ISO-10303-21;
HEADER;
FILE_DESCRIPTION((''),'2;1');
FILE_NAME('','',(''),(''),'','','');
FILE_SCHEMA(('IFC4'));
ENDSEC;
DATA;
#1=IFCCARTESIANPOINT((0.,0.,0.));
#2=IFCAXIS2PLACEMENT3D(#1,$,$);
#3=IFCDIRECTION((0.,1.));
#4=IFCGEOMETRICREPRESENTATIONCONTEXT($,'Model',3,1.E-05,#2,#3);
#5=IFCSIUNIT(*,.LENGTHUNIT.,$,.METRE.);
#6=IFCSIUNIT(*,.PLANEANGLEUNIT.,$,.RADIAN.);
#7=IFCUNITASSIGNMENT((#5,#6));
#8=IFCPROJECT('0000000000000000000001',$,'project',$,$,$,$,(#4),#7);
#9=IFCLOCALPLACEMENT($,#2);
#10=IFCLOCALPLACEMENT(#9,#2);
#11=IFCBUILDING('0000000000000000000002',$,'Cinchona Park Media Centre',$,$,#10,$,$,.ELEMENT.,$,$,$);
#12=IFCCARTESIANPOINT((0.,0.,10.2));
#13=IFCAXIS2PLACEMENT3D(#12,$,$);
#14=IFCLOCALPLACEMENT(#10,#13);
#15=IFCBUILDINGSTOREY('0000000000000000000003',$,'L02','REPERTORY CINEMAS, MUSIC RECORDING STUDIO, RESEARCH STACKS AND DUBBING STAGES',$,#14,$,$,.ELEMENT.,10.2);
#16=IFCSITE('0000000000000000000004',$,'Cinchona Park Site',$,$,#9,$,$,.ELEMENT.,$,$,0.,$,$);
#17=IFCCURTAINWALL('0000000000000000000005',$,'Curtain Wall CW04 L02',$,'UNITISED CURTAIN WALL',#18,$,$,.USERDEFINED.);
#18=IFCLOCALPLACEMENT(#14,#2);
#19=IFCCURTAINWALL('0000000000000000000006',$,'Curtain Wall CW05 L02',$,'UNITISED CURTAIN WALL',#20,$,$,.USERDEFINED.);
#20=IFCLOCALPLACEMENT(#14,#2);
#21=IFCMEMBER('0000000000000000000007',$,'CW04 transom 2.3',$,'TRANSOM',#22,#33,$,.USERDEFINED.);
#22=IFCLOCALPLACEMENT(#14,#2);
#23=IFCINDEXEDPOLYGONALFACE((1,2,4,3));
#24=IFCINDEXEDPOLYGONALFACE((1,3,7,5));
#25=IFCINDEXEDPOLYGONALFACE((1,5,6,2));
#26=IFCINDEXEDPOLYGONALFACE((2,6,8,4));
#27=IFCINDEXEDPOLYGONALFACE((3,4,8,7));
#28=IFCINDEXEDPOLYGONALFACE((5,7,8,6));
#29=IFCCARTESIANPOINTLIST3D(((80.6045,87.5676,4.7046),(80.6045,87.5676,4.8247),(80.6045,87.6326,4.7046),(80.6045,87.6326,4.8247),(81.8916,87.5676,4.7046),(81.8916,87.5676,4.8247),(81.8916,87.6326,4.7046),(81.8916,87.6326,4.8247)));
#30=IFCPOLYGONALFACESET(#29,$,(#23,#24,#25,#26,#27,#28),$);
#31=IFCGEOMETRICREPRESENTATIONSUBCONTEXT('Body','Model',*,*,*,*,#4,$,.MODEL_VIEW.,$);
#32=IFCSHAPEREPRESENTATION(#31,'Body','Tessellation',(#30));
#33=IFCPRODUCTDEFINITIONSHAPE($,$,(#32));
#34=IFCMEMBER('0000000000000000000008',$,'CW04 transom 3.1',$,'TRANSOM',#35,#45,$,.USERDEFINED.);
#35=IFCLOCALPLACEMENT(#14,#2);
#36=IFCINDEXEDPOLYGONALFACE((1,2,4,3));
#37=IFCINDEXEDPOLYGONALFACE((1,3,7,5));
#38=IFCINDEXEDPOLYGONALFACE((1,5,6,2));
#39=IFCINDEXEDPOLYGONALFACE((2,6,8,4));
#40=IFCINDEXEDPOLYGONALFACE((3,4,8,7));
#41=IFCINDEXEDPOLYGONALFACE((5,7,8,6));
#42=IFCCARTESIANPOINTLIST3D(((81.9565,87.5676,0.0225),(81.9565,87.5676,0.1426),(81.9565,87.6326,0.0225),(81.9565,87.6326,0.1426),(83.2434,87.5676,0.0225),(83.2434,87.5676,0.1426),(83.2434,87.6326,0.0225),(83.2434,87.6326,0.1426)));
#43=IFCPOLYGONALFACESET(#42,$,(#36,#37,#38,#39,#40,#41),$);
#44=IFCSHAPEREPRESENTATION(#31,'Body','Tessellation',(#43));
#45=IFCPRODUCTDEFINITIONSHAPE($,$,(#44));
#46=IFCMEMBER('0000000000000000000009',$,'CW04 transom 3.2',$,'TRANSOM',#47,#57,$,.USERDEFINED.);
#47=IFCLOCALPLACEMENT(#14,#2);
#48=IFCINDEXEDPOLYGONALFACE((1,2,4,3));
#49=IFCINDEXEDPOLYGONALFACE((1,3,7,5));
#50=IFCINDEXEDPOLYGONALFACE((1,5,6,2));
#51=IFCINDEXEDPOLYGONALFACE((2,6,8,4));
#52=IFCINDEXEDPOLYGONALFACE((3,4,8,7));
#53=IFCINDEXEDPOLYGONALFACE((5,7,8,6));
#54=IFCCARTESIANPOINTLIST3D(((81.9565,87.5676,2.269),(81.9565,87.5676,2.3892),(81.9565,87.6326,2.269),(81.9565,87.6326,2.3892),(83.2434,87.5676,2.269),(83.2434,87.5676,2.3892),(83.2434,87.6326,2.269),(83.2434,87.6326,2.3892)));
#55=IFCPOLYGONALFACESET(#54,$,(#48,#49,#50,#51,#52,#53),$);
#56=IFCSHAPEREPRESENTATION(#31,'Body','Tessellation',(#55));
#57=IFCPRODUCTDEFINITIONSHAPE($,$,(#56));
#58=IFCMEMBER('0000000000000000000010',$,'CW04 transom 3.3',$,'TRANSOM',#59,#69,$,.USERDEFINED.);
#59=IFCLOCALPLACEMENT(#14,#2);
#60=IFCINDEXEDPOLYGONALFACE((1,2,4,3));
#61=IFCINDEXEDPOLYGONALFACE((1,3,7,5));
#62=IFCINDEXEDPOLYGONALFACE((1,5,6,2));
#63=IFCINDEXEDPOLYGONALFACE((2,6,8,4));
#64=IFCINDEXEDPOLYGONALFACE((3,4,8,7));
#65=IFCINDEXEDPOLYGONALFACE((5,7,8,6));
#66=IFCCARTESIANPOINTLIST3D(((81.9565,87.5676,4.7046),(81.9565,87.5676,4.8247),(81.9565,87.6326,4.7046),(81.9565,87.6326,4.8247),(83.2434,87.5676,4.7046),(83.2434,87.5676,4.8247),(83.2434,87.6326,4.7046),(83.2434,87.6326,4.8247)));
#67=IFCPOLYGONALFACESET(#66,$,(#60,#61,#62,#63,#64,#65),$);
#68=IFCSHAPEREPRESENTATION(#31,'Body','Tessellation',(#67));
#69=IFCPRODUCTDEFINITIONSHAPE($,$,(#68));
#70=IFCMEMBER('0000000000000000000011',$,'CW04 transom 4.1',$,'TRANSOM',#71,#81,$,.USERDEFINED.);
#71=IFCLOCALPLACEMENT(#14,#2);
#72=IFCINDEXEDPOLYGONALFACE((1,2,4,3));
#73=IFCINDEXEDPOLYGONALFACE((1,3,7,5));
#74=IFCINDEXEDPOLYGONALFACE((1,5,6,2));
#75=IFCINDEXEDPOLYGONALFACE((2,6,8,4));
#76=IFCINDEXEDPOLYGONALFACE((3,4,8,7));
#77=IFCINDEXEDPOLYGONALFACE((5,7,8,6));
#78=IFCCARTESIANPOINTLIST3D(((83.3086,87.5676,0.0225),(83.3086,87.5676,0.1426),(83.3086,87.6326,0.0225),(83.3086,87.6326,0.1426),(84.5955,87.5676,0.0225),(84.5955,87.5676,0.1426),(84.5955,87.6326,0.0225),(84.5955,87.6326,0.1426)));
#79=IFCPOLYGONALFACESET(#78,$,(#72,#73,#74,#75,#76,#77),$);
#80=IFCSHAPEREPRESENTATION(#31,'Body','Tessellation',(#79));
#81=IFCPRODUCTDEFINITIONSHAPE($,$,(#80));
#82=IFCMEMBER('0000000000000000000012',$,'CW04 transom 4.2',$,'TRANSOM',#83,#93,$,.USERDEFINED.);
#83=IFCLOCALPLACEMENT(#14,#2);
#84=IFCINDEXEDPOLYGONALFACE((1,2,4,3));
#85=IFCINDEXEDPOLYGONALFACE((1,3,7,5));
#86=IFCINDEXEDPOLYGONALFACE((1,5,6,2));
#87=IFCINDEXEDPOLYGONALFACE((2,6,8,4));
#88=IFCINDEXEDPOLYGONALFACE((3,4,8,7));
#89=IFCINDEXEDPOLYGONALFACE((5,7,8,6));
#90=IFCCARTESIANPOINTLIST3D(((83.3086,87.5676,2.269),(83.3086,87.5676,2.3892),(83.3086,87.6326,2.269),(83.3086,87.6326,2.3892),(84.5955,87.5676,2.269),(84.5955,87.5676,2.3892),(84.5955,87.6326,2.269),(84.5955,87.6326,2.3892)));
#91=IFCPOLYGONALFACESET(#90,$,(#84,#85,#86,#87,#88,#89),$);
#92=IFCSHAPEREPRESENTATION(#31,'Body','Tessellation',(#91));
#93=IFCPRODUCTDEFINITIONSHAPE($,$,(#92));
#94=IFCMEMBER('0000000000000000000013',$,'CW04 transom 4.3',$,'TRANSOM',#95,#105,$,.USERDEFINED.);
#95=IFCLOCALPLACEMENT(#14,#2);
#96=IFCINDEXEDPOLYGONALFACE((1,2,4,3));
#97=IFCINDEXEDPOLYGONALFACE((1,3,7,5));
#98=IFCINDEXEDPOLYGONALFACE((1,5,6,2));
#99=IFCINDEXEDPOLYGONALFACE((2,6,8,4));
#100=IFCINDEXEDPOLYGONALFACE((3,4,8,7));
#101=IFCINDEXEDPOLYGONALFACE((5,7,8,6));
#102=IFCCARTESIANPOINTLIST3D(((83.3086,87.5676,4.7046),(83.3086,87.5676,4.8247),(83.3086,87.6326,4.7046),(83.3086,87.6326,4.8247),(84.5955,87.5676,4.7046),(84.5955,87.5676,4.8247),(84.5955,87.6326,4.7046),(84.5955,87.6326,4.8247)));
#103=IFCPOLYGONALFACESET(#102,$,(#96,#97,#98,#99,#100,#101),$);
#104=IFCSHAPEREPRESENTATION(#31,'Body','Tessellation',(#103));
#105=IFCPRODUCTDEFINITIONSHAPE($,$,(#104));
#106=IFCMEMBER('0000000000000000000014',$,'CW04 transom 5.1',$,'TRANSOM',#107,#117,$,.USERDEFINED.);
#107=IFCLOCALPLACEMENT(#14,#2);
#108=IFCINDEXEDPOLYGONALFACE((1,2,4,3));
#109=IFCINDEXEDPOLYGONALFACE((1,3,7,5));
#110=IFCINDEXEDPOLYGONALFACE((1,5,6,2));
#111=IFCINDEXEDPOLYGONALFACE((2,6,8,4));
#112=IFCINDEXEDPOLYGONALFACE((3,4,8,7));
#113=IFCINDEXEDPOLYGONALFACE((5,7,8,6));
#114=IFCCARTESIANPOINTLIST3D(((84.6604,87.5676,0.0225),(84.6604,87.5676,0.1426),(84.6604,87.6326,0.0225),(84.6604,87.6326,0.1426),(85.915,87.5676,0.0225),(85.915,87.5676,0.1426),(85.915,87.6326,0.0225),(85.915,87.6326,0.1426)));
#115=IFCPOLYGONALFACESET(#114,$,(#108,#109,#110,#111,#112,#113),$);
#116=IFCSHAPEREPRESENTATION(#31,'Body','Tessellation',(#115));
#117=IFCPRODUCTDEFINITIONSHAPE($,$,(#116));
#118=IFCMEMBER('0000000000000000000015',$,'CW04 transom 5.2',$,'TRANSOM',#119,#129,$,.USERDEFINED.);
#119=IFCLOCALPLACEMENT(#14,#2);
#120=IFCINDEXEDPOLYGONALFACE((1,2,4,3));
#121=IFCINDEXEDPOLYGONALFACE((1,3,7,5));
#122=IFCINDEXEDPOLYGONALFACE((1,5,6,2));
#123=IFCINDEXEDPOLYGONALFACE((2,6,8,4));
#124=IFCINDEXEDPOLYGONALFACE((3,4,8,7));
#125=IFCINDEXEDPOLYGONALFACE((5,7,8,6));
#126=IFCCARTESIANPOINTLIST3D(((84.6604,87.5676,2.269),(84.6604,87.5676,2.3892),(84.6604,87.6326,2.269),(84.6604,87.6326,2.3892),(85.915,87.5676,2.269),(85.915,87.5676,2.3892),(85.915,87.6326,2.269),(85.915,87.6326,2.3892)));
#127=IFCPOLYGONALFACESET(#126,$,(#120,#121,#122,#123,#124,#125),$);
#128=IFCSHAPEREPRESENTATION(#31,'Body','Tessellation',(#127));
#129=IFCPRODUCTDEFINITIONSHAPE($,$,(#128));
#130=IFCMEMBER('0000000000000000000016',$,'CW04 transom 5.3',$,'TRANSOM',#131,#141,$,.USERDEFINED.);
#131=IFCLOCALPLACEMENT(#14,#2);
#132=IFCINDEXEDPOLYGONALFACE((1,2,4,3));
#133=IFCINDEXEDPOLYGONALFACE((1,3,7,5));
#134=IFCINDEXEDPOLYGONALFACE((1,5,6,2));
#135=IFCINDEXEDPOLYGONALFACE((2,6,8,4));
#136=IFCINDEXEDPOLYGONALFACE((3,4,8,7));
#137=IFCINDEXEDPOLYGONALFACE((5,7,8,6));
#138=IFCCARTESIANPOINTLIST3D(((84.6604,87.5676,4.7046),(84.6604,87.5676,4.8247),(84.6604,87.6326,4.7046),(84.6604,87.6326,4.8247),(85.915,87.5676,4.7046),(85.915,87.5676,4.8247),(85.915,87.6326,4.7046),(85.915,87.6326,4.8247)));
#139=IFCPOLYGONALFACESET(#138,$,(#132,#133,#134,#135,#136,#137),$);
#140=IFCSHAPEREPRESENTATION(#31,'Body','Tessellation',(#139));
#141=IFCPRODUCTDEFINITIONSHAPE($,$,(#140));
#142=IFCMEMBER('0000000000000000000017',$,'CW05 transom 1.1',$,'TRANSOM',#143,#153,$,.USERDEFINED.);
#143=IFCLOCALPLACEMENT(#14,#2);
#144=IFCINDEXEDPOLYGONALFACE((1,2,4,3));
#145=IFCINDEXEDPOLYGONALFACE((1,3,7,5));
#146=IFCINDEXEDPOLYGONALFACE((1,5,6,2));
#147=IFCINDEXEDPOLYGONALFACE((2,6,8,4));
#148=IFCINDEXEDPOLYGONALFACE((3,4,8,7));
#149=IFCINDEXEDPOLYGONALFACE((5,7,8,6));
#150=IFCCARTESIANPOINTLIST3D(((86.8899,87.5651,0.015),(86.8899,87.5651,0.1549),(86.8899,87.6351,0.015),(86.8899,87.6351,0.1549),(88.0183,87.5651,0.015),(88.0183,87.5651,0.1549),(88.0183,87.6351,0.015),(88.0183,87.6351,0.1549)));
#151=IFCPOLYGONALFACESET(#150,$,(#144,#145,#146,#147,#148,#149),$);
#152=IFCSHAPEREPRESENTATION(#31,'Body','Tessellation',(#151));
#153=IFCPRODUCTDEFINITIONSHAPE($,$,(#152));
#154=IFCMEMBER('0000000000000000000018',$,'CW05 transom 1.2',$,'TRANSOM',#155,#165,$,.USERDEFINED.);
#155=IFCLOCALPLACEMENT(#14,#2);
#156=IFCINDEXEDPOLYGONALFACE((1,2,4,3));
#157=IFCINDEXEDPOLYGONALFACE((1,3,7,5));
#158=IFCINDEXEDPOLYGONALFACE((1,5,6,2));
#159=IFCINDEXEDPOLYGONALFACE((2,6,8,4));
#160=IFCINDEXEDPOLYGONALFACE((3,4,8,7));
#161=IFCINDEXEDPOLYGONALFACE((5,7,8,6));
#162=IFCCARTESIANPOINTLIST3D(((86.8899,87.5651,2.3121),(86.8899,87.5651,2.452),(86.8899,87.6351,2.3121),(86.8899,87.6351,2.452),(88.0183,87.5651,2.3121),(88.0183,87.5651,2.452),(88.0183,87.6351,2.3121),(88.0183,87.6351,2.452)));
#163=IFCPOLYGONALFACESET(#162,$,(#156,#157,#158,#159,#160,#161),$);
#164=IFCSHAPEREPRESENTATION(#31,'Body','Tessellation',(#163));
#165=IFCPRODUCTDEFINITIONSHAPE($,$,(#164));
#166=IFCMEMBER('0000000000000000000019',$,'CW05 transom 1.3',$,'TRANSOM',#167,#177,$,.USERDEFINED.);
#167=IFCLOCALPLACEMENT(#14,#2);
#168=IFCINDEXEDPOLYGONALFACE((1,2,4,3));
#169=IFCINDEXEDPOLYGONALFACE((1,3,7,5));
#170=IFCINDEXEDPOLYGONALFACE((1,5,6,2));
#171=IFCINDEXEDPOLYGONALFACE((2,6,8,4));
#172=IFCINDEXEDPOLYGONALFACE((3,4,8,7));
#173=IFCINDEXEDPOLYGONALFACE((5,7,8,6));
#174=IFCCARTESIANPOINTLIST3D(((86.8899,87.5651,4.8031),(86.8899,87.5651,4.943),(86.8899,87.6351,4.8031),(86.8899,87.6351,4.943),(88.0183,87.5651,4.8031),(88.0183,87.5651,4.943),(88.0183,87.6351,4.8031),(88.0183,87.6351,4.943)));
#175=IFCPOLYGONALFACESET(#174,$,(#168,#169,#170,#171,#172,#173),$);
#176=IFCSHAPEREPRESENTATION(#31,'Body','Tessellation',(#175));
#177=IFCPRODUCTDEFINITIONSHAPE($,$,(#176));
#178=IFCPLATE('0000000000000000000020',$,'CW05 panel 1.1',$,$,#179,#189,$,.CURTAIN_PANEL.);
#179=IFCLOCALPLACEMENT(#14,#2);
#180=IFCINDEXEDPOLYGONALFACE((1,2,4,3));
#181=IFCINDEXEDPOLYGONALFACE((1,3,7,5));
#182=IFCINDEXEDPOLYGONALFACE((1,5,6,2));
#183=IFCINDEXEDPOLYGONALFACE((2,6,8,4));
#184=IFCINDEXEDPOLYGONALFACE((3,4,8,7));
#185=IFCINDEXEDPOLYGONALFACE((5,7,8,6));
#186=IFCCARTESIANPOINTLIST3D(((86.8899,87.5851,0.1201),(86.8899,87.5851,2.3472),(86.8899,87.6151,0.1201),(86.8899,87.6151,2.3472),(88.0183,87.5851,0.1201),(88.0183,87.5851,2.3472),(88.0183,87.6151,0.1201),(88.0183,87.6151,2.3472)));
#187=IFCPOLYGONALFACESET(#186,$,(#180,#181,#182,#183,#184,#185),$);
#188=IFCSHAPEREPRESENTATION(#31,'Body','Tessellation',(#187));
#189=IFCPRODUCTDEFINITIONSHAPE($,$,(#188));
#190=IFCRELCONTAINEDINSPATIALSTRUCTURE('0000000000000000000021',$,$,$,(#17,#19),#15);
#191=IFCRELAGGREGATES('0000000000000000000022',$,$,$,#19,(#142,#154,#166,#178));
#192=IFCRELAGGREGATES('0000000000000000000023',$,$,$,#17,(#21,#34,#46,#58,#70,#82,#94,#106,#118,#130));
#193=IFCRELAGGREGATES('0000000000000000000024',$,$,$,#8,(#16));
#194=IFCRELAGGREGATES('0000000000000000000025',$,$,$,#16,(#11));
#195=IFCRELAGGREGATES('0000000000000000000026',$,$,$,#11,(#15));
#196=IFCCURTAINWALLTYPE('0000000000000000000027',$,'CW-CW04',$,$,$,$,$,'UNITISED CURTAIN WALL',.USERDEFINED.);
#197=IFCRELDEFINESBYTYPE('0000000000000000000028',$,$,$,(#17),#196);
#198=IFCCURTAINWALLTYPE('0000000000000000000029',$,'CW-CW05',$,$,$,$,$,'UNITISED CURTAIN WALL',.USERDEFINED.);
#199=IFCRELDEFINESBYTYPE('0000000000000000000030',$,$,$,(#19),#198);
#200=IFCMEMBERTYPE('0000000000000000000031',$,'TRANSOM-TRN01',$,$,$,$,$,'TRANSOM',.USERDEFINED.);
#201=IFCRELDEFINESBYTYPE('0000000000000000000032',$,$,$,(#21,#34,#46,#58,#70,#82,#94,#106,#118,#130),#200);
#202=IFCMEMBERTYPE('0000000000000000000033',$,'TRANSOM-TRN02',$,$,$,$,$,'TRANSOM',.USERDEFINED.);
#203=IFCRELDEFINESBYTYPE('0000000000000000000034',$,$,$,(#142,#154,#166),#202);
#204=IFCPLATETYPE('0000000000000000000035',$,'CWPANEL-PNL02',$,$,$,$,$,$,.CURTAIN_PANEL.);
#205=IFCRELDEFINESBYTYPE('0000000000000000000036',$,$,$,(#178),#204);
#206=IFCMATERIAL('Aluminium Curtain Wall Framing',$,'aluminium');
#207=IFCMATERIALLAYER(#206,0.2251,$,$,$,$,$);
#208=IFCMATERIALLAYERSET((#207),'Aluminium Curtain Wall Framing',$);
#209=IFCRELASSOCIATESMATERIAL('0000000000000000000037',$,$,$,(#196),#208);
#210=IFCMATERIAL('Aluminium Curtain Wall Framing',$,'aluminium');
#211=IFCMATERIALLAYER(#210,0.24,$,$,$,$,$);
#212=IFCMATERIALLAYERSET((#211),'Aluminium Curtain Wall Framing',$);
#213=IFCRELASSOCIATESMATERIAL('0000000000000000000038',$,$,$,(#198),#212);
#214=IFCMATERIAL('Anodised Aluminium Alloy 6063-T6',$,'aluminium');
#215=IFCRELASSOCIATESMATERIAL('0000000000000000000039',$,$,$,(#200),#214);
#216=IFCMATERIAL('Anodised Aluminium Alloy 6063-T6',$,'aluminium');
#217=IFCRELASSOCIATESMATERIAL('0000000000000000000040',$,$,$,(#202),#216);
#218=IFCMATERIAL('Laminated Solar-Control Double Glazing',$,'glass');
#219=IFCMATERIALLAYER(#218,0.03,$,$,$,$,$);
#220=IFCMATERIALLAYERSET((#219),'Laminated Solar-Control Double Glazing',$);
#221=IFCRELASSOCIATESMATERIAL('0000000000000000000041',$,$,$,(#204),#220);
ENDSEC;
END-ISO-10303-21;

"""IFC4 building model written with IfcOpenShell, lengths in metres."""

from ifc_helpers import new_model, si_unit, direction, frame, origin, origin_2d, place, context, subcontext, project, spatial, rectangle, extrude, material, layer, layer_set, material_profile, profile_set, type_object, element, aggregate, save


model = new_model("IFC4")

# Units and contexts
model_context = context("Model", 3, precision=1e-05, world=origin(), true_north=direction((0.0, 1.0)))
body_context = subcontext(model_context, "Body", "Model", "MODEL_VIEW")
ifc_project = project(units=[si_unit("LENGTHUNIT", "METRE"), si_unit("PLANEANGLEUNIT", "RADIAN")], contexts=[model_context])

# Site, building, storey
site_placement = place(None, origin())
site = spatial("IfcSite", under=ifc_project, at=site_placement, Name="Cinchona Park Site", CompositionType="ELEMENT", RefElevation=0.0)
building_placement = place(site_placement, origin())
building = spatial("IfcBuilding", under=site, at=building_placement, Name="Cinchona Park Media Centre", CompositionType="ELEMENT")
storey_placement = place(building_placement, frame((0.0, 0.0, 10.2)))
storey = spatial("IfcBuildingStorey", under=building, at=storey_placement, Name="L02", Description="REPERTORY CINEMAS, MUSIC RECORDING STUDIO, RESEARCH STACKS AND DUBBING STAGES", CompositionType="ELEMENT", Elevation=10.2)

# Curtain wall
ifc_material_1 = material(Name="Aluminium Curtain Wall Framing", Category="aluminium")
ifc_layer_1 = layer(ifc_material_1, 0.2251)
ifc_layer_set_1 = layer_set([ifc_layer_1], Name="Aluminium Curtain Wall Framing")
curtain_wall_type_1 = type_object("IfcCurtainWallType", Name="CW-CW04", ElementType="UNITISED CURTAIN WALL", PredefinedType="USERDEFINED", material=ifc_layer_set_1)
curtain_wall_1_placement = place(storey_placement, origin())
curtain_wall_1 = element("IfcCurtainWall", 1, at=curtain_wall_1_placement, inside=storey, type_object=curtain_wall_type_1, Name="Curtain Wall CW04 L02", ObjectType="UNITISED CURTAIN WALL", PredefinedType="USERDEFINED")

# Curtain wall
ifc_material_2 = material(Name="Aluminium Curtain Wall Framing", Category="aluminium")
ifc_layer_2 = layer(ifc_material_2, 0.24)
ifc_layer_set_2 = layer_set([ifc_layer_2], Name="Aluminium Curtain Wall Framing")
curtain_wall_type_2 = type_object("IfcCurtainWallType", Name="CW-CW05", ElementType="UNITISED CURTAIN WALL", PredefinedType="USERDEFINED", material=ifc_layer_set_2)
curtain_wall_2_placement = place(storey_placement, origin())
curtain_wall_2 = element("IfcCurtainWall", 2, at=curtain_wall_2_placement, inside=storey, type_object=curtain_wall_type_2, Name="Curtain Wall CW05 L02", ObjectType="UNITISED CURTAIN WALL", PredefinedType="USERDEFINED")

# Members
ifc_material_3 = material(Name="Anodised Aluminium Alloy 6063-T6", Category="aluminium")
ifc_material_profile_1 = material_profile(ifc_material_3, rectangle(XDim=0.0649, YDim=0.1201, at=origin_2d()), Name="TRN-65X120")
ifc_profile_set_1 = profile_set([ifc_material_profile_1], Name="Anodised Aluminium Alloy 6063-T6")
member_type_1 = type_object("IfcMemberType", Name="TRANSOM-TRN01", ElementType="TRANSOM", PredefinedType="USERDEFINED", material=ifc_profile_set_1)
member_1_placement = place(storey_placement, frame((80.6045, 87.6001, 4.7646), z_axis=(1.0, 0.0, 0.0), x_axis=(0.0, 1.0, 0.0)))
member_1 = element("IfcMember", 3, at=member_1_placement, type_object=member_type_1, Name="CW04 transom 2.3", ObjectType="TRANSOM", PredefinedType="USERDEFINED", context=body_context, shape_type="SweptSolid", body=[
    extrude(rectangle(XDim=0.0649, YDim=0.1201, at=origin_2d()), origin(), (0.0, 0.0, 1.0), 1.2871),
])
member_2_placement = place(storey_placement, frame((81.9565, 87.6001, 0.0825), z_axis=(1.0, 0.0, 0.0), x_axis=(0.0, 1.0, 0.0)))
member_2 = element("IfcMember", 4, at=member_2_placement, type_object=member_type_1, Name="CW04 transom 3.1", ObjectType="TRANSOM", PredefinedType="USERDEFINED", context=body_context, shape_type="SweptSolid", body=[
    extrude(rectangle(XDim=0.0649, YDim=0.1201, at=origin_2d()), origin(), (0.0, 0.0, 1.0), 1.2869),
])
member_3_placement = place(storey_placement, frame((81.9565, 87.6001, 2.3291), z_axis=(1.0, 0.0, 0.0), x_axis=(0.0, 1.0, 0.0)))
member_3 = element("IfcMember", 5, at=member_3_placement, type_object=member_type_1, Name="CW04 transom 3.2", ObjectType="TRANSOM", PredefinedType="USERDEFINED", context=body_context, shape_type="SweptSolid", body=[
    extrude(rectangle(XDim=0.0649, YDim=0.1201, at=origin_2d()), origin(), (0.0, 0.0, 1.0), 1.2869),
])
member_4_placement = place(storey_placement, frame((81.9565, 87.6001, 4.7646), z_axis=(1.0, 0.0, 0.0), x_axis=(0.0, 1.0, 0.0)))
member_4 = element("IfcMember", 6, at=member_4_placement, type_object=member_type_1, Name="CW04 transom 3.3", ObjectType="TRANSOM", PredefinedType="USERDEFINED", context=body_context, shape_type="SweptSolid", body=[
    extrude(rectangle(XDim=0.0649, YDim=0.1201, at=origin_2d()), origin(), (0.0, 0.0, 1.0), 1.2869),
])
member_5_placement = place(storey_placement, frame((83.3086, 87.6001, 0.0825), z_axis=(1.0, 0.0, 0.0), x_axis=(0.0, 1.0, 0.0)))
member_5 = element("IfcMember", 7, at=member_5_placement, type_object=member_type_1, Name="CW04 transom 4.1", ObjectType="TRANSOM", PredefinedType="USERDEFINED", context=body_context, shape_type="SweptSolid", body=[
    extrude(rectangle(XDim=0.0649, YDim=0.1201, at=origin_2d()), origin(), (0.0, 0.0, 1.0), 1.2869),
])
member_6_placement = place(storey_placement, frame((83.3086, 87.6001, 2.3291), z_axis=(1.0, 0.0, 0.0), x_axis=(0.0, 1.0, 0.0)))
member_6 = element("IfcMember", 8, at=member_6_placement, type_object=member_type_1, Name="CW04 transom 4.2", ObjectType="TRANSOM", PredefinedType="USERDEFINED", context=body_context, shape_type="SweptSolid", body=[
    extrude(rectangle(XDim=0.0649, YDim=0.1201, at=origin_2d()), origin(), (0.0, 0.0, 1.0), 1.2869),
])
member_7_placement = place(storey_placement, frame((83.3086, 87.6001, 4.7646), z_axis=(1.0, 0.0, 0.0), x_axis=(0.0, 1.0, 0.0)))
member_7 = element("IfcMember", 9, at=member_7_placement, type_object=member_type_1, Name="CW04 transom 4.3", ObjectType="TRANSOM", PredefinedType="USERDEFINED", context=body_context, shape_type="SweptSolid", body=[
    extrude(rectangle(XDim=0.0649, YDim=0.1201, at=origin_2d()), origin(), (0.0, 0.0, 1.0), 1.2869),
])
member_8_placement = place(storey_placement, frame((84.6604, 87.6001, 0.0825), z_axis=(1.0, 0.0, 0.0), x_axis=(0.0, 1.0, 0.0)))
member_8 = element("IfcMember", 10, at=member_8_placement, type_object=member_type_1, Name="CW04 transom 5.1", ObjectType="TRANSOM", PredefinedType="USERDEFINED", context=body_context, shape_type="SweptSolid", body=[
    extrude(rectangle(XDim=0.0649, YDim=0.1201, at=origin_2d()), origin(), (0.0, 0.0, 1.0), 1.2546),
])
member_9_placement = place(storey_placement, frame((84.6604, 87.6001, 2.3291), z_axis=(1.0, 0.0, 0.0), x_axis=(0.0, 1.0, 0.0)))
member_9 = element("IfcMember", 11, at=member_9_placement, type_object=member_type_1, Name="CW04 transom 5.2", ObjectType="TRANSOM", PredefinedType="USERDEFINED", context=body_context, shape_type="SweptSolid", body=[
    extrude(rectangle(XDim=0.0649, YDim=0.1201, at=origin_2d()), origin(), (0.0, 0.0, 1.0), 1.2546),
])
member_10_placement = place(storey_placement, frame((84.6604, 87.6001, 4.7646), z_axis=(1.0, 0.0, 0.0), x_axis=(0.0, 1.0, 0.0)))
member_10 = element("IfcMember", 12, at=member_10_placement, type_object=member_type_1, Name="CW04 transom 5.3", ObjectType="TRANSOM", PredefinedType="USERDEFINED", context=body_context, shape_type="SweptSolid", body=[
    extrude(rectangle(XDim=0.0649, YDim=0.1201, at=origin_2d()), origin(), (0.0, 0.0, 1.0), 1.2546),
])
ifc_material_4 = material(Name="Anodised Aluminium Alloy 6063-T6", Category="aluminium")
ifc_material_profile_2 = material_profile(ifc_material_4, rectangle(XDim=0.0701, YDim=0.1399, at=origin_2d()), Name="TRN-70X140")
ifc_profile_set_2 = profile_set([ifc_material_profile_2], Name="Anodised Aluminium Alloy 6063-T6")
member_type_2 = type_object("IfcMemberType", Name="TRANSOM-TRN02", ElementType="TRANSOM", PredefinedType="USERDEFINED", material=ifc_profile_set_2)
member_11_placement = place(storey_placement, frame((86.8899, 87.6001, 0.085), z_axis=(1.0, 0.0, 0.0), x_axis=(0.0, 1.0, 0.0)))
member_11 = element("IfcMember", 13, at=member_11_placement, type_object=member_type_2, Name="CW05 transom 1.1", ObjectType="TRANSOM", PredefinedType="USERDEFINED", context=body_context, shape_type="SweptSolid", body=[
    extrude(rectangle(XDim=0.0701, YDim=0.1399, at=origin_2d()), origin(), (0.0, 0.0, 1.0), 1.1284),
])
member_12_placement = place(storey_placement, frame((86.8899, 87.6001, 2.3821), z_axis=(1.0, 0.0, 0.0), x_axis=(0.0, 1.0, 0.0)))
member_12 = element("IfcMember", 14, at=member_12_placement, type_object=member_type_2, Name="CW05 transom 1.2", ObjectType="TRANSOM", PredefinedType="USERDEFINED", context=body_context, shape_type="SweptSolid", body=[
    extrude(rectangle(XDim=0.0701, YDim=0.1399, at=origin_2d()), origin(), (0.0, 0.0, 1.0), 1.1284),
])
member_13_placement = place(storey_placement, frame((86.8899, 87.6001, 4.873), z_axis=(1.0, 0.0, 0.0), x_axis=(0.0, 1.0, 0.0)))
member_13 = element("IfcMember", 15, at=member_13_placement, type_object=member_type_2, Name="CW05 transom 1.3", ObjectType="TRANSOM", PredefinedType="USERDEFINED", context=body_context, shape_type="SweptSolid", body=[
    extrude(rectangle(XDim=0.0701, YDim=0.1399, at=origin_2d()), origin(), (0.0, 0.0, 1.0), 1.1284),
])

# Plate
ifc_material_5 = material(Name="Laminated Solar-Control Double Glazing", Category="glass")
ifc_layer_3 = layer(ifc_material_5, 0.03)
ifc_layer_set_3 = layer_set([ifc_layer_3], Name="Laminated Solar-Control Double Glazing")
plate_type_1 = type_object("IfcPlateType", Name="CWPANEL-PNL02", PredefinedType="CURTAIN_PANEL", material=ifc_layer_set_3)
plate_1_placement = place(storey_placement, frame((87.4541, 87.6001, 0.1201), z_axis=(0.0, 0.0, 1.0), x_axis=(1.0, 0.0, 0.0)))
plate_1 = element("IfcPlate", 16, at=plate_1_placement, type_object=plate_type_1, Name="CW05 panel 1.1", PredefinedType="CURTAIN_PANEL", context=body_context, shape_type="SweptSolid", body=[
    extrude(rectangle(XDim=1.1284, YDim=0.03, at=origin_2d()), origin(), (0.0, 0.0, 1.0), 2.2271),
])
aggregate(curtain_wall_2, [member_11, member_12, member_13, plate_1])
aggregate(curtain_wall_1, [member_1, member_2, member_3, member_4, member_5, member_6, member_7, member_8, member_9, member_10])

save(model, "model.ifc")
